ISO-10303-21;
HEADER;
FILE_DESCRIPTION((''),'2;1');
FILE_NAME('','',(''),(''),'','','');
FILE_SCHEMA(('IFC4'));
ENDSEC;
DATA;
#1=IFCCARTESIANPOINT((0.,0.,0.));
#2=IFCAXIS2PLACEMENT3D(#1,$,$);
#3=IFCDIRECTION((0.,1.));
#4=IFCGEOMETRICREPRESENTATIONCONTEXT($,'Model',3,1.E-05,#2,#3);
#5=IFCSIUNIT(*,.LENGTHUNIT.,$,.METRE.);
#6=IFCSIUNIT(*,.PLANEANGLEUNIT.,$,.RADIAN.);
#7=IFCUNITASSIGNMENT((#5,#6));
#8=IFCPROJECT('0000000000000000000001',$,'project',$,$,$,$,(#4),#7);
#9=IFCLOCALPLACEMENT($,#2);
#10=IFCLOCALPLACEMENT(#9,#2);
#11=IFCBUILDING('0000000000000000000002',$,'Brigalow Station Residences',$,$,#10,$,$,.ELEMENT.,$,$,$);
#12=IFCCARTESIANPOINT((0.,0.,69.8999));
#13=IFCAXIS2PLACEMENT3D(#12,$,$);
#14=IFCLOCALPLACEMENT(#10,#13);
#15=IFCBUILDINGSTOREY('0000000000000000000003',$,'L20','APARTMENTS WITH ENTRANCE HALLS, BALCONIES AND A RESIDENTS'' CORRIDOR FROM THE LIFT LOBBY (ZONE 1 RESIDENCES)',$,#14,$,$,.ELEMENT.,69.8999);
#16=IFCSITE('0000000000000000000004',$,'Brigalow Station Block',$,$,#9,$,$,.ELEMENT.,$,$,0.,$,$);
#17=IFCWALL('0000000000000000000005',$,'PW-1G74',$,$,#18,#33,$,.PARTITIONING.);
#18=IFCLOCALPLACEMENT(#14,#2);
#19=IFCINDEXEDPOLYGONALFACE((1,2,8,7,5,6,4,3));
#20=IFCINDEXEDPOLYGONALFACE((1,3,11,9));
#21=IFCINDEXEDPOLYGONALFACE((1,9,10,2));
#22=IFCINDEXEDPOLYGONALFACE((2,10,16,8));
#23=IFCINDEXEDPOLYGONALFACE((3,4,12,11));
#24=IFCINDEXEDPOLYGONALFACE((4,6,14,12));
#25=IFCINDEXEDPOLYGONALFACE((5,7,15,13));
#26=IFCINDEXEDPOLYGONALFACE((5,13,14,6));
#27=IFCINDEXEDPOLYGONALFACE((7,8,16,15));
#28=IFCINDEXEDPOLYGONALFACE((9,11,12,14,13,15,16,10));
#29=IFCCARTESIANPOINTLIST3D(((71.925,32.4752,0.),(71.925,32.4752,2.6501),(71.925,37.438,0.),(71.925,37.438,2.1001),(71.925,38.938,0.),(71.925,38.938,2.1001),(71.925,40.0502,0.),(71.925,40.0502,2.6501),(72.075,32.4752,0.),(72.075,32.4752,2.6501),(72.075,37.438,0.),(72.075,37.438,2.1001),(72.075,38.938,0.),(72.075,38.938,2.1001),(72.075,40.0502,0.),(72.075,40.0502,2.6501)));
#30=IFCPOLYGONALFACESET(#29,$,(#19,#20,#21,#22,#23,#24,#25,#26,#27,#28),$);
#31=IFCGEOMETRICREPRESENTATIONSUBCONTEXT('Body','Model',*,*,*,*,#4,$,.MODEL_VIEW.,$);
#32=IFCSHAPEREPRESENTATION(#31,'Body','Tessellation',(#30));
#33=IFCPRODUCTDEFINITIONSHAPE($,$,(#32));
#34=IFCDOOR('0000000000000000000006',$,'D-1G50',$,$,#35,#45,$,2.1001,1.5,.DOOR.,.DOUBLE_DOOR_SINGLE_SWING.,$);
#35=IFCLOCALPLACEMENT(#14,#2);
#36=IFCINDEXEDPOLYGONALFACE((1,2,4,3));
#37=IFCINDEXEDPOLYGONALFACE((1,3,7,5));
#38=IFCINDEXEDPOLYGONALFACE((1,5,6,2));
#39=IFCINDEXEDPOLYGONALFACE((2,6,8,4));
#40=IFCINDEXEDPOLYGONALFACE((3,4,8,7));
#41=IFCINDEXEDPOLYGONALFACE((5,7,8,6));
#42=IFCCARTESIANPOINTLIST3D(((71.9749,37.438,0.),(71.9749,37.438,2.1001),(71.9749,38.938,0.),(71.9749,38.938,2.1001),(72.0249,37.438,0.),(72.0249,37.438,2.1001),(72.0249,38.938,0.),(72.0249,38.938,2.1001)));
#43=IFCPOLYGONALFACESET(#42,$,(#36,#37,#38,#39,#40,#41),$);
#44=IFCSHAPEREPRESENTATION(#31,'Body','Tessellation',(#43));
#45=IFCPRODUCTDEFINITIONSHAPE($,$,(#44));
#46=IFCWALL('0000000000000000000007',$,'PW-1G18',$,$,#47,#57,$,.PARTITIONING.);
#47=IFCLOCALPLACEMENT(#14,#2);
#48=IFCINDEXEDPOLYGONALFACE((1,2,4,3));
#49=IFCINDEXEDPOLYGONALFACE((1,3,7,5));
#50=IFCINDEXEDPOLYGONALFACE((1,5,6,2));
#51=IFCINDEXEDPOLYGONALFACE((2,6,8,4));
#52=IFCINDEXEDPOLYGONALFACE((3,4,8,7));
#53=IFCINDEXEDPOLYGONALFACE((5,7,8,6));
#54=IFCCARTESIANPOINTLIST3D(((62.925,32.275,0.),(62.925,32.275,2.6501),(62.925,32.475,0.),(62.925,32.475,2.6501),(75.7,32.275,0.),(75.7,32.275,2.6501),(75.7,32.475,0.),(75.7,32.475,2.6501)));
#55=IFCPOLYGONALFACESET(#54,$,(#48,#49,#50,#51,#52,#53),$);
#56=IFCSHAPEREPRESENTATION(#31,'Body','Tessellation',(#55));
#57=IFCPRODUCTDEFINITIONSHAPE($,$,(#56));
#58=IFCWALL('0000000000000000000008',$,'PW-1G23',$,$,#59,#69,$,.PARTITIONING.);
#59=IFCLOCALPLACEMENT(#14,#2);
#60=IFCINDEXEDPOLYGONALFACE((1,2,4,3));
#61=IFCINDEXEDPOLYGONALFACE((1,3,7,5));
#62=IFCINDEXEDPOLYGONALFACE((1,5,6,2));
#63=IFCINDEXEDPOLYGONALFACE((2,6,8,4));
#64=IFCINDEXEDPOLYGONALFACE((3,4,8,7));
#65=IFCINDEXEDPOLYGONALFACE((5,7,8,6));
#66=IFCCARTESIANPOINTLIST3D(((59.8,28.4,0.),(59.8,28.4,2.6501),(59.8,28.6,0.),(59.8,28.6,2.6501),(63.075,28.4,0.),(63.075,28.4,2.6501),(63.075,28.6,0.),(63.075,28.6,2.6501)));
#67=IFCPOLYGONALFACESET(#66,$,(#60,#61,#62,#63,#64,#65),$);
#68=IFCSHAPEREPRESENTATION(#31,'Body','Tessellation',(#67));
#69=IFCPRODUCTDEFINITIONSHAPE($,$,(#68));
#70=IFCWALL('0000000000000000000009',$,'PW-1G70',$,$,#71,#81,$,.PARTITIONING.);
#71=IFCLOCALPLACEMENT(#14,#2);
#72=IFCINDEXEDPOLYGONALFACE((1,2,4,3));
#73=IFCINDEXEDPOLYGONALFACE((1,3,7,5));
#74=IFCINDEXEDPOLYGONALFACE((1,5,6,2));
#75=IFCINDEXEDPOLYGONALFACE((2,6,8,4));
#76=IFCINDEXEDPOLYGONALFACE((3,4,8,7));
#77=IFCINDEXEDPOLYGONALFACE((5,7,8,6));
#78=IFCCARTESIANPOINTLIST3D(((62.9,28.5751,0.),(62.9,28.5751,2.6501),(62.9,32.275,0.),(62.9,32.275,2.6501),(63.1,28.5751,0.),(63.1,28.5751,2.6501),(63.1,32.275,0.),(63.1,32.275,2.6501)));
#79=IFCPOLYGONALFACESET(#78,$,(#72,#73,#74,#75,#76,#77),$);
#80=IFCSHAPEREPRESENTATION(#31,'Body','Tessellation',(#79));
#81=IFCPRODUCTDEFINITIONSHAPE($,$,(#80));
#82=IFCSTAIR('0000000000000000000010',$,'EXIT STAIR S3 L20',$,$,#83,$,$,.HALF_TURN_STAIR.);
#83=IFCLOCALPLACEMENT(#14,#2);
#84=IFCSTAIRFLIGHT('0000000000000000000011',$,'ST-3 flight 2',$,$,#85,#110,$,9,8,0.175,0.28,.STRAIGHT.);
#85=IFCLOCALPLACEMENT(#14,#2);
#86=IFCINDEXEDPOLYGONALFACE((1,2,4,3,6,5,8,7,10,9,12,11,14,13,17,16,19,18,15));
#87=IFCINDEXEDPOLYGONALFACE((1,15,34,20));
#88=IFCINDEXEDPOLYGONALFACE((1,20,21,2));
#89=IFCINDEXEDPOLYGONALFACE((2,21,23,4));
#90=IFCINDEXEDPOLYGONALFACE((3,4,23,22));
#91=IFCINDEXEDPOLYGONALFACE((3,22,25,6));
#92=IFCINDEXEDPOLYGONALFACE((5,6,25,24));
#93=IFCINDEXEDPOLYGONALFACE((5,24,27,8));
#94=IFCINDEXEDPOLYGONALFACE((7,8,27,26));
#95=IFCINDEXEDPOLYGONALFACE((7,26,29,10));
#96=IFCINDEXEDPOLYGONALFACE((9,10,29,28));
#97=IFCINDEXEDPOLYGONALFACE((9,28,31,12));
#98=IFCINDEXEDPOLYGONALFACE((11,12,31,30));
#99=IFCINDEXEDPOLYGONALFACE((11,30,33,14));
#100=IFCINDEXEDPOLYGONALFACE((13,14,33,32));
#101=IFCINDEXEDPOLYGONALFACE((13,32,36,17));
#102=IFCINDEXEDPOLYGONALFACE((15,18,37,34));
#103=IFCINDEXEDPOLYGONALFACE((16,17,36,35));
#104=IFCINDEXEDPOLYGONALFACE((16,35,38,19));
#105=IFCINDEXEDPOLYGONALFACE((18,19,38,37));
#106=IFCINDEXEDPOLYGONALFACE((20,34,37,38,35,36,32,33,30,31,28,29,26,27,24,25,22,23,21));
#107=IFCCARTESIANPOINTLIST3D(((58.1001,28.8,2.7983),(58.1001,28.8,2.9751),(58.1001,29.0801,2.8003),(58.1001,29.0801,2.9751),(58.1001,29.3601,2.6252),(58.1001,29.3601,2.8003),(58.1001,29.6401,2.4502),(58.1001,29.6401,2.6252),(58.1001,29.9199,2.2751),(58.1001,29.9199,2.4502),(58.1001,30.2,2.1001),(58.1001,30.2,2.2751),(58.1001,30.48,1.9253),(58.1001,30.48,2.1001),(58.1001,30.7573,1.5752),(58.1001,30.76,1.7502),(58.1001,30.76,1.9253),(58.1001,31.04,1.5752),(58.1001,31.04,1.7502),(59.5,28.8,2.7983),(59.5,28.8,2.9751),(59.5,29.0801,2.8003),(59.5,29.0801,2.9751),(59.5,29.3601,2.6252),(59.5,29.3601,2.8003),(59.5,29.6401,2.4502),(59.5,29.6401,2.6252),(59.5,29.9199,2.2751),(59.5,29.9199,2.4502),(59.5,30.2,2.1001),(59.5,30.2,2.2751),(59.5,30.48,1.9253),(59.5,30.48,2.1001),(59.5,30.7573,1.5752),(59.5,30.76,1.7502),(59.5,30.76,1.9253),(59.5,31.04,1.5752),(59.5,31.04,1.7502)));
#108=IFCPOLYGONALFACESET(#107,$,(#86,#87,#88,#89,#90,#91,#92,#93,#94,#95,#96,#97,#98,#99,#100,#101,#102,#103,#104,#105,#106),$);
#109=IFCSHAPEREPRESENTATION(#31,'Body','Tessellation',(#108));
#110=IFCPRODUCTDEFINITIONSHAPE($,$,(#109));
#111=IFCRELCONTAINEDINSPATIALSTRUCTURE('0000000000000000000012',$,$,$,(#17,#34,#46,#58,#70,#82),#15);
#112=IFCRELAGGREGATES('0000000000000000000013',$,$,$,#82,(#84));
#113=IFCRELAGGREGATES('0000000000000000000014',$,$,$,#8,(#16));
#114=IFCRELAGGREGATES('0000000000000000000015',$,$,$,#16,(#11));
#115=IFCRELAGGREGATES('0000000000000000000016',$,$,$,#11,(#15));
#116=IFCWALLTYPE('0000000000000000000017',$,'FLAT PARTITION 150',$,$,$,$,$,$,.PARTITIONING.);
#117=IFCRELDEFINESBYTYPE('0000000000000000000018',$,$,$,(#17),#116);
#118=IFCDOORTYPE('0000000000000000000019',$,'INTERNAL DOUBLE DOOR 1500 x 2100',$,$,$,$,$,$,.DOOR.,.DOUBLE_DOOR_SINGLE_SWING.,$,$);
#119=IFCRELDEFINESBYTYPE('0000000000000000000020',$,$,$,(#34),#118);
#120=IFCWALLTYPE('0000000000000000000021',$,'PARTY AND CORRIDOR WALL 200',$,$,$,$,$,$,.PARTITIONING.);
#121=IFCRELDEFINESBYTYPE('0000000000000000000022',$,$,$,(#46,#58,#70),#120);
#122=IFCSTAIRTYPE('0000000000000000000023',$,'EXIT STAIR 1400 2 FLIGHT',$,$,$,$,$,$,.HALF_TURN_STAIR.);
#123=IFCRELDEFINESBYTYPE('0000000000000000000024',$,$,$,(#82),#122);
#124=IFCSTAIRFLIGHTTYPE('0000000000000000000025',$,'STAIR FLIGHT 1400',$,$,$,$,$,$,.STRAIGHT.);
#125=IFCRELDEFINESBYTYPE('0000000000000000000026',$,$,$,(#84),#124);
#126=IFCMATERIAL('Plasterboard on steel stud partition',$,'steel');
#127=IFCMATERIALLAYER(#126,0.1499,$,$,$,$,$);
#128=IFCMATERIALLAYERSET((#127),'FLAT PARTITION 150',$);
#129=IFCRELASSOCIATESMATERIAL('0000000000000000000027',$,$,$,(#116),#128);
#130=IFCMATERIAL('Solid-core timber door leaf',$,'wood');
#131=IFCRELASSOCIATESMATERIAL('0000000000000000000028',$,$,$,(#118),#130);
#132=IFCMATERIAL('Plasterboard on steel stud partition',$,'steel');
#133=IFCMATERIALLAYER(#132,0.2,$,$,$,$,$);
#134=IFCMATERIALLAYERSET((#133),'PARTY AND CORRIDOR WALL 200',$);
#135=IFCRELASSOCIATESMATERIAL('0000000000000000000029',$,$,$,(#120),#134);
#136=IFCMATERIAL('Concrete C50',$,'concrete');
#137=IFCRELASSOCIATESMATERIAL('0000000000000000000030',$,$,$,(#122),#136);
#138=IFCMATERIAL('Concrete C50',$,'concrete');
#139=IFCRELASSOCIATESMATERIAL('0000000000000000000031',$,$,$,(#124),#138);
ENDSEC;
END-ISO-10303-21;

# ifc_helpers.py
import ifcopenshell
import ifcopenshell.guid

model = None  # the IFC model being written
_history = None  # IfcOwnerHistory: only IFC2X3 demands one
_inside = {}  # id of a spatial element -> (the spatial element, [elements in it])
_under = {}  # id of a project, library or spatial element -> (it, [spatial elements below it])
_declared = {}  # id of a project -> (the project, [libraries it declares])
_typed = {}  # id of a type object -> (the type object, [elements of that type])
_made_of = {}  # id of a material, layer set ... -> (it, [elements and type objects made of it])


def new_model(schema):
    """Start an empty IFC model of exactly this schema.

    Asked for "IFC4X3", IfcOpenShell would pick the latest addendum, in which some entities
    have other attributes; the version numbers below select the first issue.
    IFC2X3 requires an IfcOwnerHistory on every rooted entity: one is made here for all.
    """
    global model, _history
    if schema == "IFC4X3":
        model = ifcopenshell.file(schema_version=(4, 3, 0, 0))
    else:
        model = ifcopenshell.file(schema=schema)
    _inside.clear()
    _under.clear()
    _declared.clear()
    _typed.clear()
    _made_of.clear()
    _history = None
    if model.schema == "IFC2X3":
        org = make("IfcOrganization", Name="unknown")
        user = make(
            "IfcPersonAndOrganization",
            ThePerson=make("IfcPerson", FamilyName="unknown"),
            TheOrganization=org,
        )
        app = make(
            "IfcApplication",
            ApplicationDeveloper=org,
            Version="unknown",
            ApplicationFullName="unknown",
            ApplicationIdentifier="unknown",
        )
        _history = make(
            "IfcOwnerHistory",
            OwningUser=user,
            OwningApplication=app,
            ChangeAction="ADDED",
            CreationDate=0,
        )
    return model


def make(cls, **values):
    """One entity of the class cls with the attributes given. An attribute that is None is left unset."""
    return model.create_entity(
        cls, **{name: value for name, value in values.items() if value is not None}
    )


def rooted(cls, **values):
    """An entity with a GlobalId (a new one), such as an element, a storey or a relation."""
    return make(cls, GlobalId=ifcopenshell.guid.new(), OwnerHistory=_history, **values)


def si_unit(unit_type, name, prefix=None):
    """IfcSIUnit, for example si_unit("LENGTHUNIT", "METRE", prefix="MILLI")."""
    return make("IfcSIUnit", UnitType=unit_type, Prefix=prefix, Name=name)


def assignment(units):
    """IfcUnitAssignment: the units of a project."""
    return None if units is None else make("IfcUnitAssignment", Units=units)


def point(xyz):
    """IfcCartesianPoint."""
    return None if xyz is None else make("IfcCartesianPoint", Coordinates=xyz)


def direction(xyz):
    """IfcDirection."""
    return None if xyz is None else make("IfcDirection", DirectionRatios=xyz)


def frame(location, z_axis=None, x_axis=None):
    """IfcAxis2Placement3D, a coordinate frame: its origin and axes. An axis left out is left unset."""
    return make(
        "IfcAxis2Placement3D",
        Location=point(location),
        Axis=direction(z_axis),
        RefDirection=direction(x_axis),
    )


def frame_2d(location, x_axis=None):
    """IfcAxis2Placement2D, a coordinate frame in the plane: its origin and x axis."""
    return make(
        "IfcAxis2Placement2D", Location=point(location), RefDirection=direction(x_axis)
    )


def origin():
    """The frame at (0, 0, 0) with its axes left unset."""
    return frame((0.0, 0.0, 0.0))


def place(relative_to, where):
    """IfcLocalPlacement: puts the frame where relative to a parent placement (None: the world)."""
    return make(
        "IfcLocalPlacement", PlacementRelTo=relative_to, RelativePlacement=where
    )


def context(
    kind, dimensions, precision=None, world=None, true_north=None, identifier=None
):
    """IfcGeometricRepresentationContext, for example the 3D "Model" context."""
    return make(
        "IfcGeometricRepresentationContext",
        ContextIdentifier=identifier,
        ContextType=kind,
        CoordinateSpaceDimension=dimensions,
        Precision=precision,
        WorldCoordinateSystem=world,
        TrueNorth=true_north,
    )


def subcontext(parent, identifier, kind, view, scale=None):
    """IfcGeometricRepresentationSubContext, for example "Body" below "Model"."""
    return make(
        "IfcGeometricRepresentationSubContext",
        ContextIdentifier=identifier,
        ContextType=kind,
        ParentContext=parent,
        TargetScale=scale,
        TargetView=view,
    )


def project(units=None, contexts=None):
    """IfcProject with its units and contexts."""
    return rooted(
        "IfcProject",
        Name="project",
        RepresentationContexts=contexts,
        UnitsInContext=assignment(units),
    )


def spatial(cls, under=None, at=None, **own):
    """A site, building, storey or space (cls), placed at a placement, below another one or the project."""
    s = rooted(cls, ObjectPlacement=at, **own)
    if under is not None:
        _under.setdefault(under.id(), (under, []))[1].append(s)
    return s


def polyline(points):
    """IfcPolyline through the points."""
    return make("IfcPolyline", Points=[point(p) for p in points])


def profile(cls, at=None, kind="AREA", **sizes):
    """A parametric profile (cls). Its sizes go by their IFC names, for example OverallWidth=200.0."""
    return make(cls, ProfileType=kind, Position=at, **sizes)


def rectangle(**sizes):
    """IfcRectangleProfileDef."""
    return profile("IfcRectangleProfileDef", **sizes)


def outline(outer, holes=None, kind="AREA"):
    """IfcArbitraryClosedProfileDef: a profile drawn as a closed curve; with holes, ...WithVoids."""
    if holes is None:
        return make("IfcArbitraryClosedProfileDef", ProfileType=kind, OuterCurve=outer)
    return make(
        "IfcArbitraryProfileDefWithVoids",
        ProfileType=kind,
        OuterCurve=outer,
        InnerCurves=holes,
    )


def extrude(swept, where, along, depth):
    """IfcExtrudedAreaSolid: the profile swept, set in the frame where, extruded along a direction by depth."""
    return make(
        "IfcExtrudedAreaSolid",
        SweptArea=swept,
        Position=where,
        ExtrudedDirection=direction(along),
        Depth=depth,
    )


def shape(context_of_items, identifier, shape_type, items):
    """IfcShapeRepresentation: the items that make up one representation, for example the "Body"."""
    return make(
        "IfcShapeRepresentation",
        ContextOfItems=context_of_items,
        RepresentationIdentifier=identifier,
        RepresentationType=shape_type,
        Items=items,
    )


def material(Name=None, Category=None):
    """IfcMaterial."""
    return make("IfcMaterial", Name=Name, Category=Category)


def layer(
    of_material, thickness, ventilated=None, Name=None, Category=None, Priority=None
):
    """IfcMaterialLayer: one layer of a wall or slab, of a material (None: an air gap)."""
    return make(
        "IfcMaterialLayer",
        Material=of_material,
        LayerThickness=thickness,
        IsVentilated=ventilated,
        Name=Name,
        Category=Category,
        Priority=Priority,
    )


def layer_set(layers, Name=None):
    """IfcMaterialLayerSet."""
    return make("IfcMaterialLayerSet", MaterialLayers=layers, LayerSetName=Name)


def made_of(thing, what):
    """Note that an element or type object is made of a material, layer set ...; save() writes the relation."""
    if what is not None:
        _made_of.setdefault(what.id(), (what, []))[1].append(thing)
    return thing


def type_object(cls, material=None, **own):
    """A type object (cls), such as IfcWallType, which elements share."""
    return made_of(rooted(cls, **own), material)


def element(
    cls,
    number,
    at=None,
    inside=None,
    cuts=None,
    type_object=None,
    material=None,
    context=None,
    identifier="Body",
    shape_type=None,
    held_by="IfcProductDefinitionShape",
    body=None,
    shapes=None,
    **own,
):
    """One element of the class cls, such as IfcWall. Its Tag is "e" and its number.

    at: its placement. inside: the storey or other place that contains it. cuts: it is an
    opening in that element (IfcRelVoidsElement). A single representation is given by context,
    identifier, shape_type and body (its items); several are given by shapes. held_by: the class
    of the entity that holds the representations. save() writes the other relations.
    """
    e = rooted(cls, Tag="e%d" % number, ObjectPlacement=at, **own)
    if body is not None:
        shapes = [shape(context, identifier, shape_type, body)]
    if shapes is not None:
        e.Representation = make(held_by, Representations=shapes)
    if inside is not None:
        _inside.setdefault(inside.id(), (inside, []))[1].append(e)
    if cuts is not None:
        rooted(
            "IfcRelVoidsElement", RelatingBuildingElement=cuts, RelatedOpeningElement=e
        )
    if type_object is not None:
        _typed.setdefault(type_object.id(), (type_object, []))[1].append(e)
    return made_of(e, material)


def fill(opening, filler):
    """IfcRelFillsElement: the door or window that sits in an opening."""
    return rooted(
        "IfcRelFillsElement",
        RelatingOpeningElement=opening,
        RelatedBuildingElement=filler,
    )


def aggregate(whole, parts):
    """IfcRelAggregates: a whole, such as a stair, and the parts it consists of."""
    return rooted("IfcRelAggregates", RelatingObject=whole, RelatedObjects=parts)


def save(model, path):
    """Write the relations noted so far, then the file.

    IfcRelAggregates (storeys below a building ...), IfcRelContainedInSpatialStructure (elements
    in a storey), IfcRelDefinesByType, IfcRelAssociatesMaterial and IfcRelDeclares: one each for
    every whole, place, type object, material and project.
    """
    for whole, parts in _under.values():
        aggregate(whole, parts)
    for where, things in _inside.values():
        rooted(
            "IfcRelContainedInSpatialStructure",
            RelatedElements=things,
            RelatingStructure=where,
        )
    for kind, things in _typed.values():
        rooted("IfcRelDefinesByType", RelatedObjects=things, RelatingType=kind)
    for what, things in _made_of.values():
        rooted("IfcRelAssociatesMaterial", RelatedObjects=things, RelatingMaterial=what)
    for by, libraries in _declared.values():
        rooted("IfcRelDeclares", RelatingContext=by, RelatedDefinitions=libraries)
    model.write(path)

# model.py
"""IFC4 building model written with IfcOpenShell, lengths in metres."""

from ifc_helpers import new_model, si_unit, direction, frame, frame_2d, origin, place, context, subcontext, project, spatial, polyline, rectangle, outline, extrude, material, layer, layer_set, type_object, element, fill, aggregate, save


model = new_model("IFC4")

# Units and contexts
model_context = context("Model", 3, precision=1e-05, world=origin(), true_north=direction((0.0, 1.0)))
body_context = subcontext(model_context, "Body", "Model", "MODEL_VIEW")
ifc_project = project(units=[si_unit("LENGTHUNIT", "METRE"), si_unit("PLANEANGLEUNIT", "RADIAN")], contexts=[model_context])

# Site, building, storey
site_placement = place(None, origin())
site = spatial("IfcSite", under=ifc_project, at=site_placement, Name="Brigalow Station Block", CompositionType="ELEMENT", RefElevation=0.0)
building_placement = place(site_placement, origin())
building = spatial("IfcBuilding", under=site, at=building_placement, Name="Brigalow Station Residences", CompositionType="ELEMENT")
storey_placement = place(building_placement, frame((0.0, 0.0, 69.8999)))
storey = spatial("IfcBuildingStorey", under=building, at=storey_placement, Name="L20", Description="APARTMENTS WITH ENTRANCE HALLS, BALCONIES AND A RESIDENTS' CORRIDOR FROM THE LIFT LOBBY (ZONE 1 RESIDENCES)", CompositionType="ELEMENT", Elevation=69.8999)

# Shared definitions
ifc_material_1 = material(Name="Plasterboard on steel stud partition", Category="steel")
ifc_layer_1 = layer(ifc_material_1, 0.1499)
ifc_layer_set_1 = layer_set([ifc_layer_1], Name="FLAT PARTITION 150")
wall_type_1 = type_object("IfcWallType", Name="FLAT PARTITION 150", PredefinedType="PARTITIONING", material=ifc_layer_set_1)
ifc_material_2 = material(Name="Solid-core timber door leaf", Category="wood")
door_type_1 = type_object("IfcDoorType", Name="INTERNAL DOUBLE DOOR 1500 x 2100", OperationType="DOUBLE_DOOR_SINGLE_SWING", PredefinedType="DOOR", material=ifc_material_2)

# Wall, opening, door
wall_1_placement = place(storey_placement, frame((72.0, 32.4751, 0.0), z_axis=(0.0, 0.0, 1.0), x_axis=(0.0, 1.0, 0.0)))
wall_1 = element("IfcWall", 1, at=wall_1_placement, inside=storey, type_object=wall_type_1, Name="PW-1G74", PredefinedType="PARTITIONING", context=body_context, shape_type="SweptSolid", body=[
    extrude(rectangle(XDim=7.575, YDim=0.1499, at=frame_2d((3.7876, 0.0))), origin(), (0.0, 0.0, 1.0), 2.6501),
])
opening_1_placement = place(wall_1_placement, frame((4.9629, 0.0, 0.0)))
opening_1 = element("IfcOpeningElement", 2, at=opening_1_placement, cuts=wall_1, PredefinedType="OPENING", context=body_context, shape_type="SweptSolid", body=[
    extrude(rectangle(XDim=1.5, YDim=2.1001, at=frame_2d((0.75, 1.05))), frame((0.0, 0.085, 0.0), z_axis=(0.0, -1.0, 0.0), x_axis=(1.0, 0.0, 0.0)), (0.0, 0.0, 1.0), 0.1699),
])
door_1_placement = place(opening_1_placement, frame((1.5, 0.0, 0.0), z_axis=(0.0, 0.0, 1.0), x_axis=(-1.0, 0.0, 0.0)))
door_1 = element("IfcDoor", 3, at=door_1_placement, inside=storey, type_object=door_type_1, Name="D-1G50", OperationType="DOUBLE_DOOR_SINGLE_SWING", OverallHeight=2.1001, OverallWidth=1.5, PredefinedType="DOOR", context=body_context, shape_type="SweptSolid", body=[
    extrude(rectangle(XDim=1.5, YDim=2.1001, at=frame_2d((0.75, 1.05))), frame((0.0, 0.0249, 0.0), z_axis=(0.0, -1.0, 0.0), x_axis=(1.0, 0.0, 0.0)), (0.0, 0.0, 1.0), 0.05),
])
fill(opening_1, door_1)

# Walls
ifc_material_3 = material(Name="Plasterboard on steel stud partition", Category="steel")
ifc_layer_2 = layer(ifc_material_3, 0.2)
ifc_layer_set_2 = layer_set([ifc_layer_2], Name="PARTY AND CORRIDOR WALL 200")
wall_type_2 = type_object("IfcWallType", Name="PARTY AND CORRIDOR WALL 200", PredefinedType="PARTITIONING", material=ifc_layer_set_2)
wall_2_placement = place(storey_placement, frame((62.925, 32.375, 0.0), z_axis=(0.0, 0.0, 1.0), x_axis=(1.0, 0.0, 0.0)))
element("IfcWall", 4, at=wall_2_placement, inside=storey, type_object=wall_type_2, Name="PW-1G18", PredefinedType="PARTITIONING", context=body_context, shape_type="SweptSolid", body=[
    extrude(rectangle(XDim=12.7749, YDim=0.2, at=frame_2d((6.3875, 0.0))), origin(), (0.0, 0.0, 1.0), 2.6501),
])
wall_3_placement = place(storey_placement, frame((59.8, 28.5, 0.0), z_axis=(0.0, 0.0, 1.0), x_axis=(1.0, 0.0, 0.0)))
element("IfcWall", 5, at=wall_3_placement, inside=storey, type_object=wall_type_2, Name="PW-1G23", PredefinedType="PARTITIONING", context=body_context, shape_type="SweptSolid", body=[
    extrude(rectangle(XDim=3.2749, YDim=0.2, at=frame_2d((1.6375, 0.0))), origin(), (0.0, 0.0, 1.0), 2.6501),
])
wall_4_placement = place(storey_placement, frame((63.0, 28.575, 0.0), z_axis=(0.0, 0.0, 1.0), x_axis=(0.0, 1.0, 0.0)))
element("IfcWall", 6, at=wall_4_placement, inside=storey, type_object=wall_type_2, Name="PW-1G70", PredefinedType="PARTITIONING", context=body_context, shape_type="SweptSolid", body=[
    extrude(rectangle(XDim=3.7, YDim=0.2, at=frame_2d((1.8501, 0.0))), origin(), (0.0, 0.0, 1.0), 2.6501),
])

# Stair, stair flight
ifc_material_4 = material(Name="Concrete C50", Category="concrete")
stair_type = type_object("IfcStairType", Name="EXIT STAIR 1400 2 FLIGHT", PredefinedType="HALF_TURN_STAIR", material=ifc_material_4)
stair_placement = place(storey_placement, origin())
stair = element("IfcStair", 7, at=stair_placement, inside=storey, type_object=stair_type, Name="EXIT STAIR S3 L20", PredefinedType="HALF_TURN_STAIR")
ifc_material_5 = material(Name="Concrete C50", Category="concrete")
stair_flight_type = type_object("IfcStairFlightType", Name="STAIR FLIGHT 1400", PredefinedType="STRAIGHT", material=ifc_material_5)
stair_flight_placement = place(storey_placement, frame((58.8, 31.04, 1.5752), z_axis=(0.0, 0.0, 1.0), x_axis=(0.0, -1.0, 0.0)))
stair_flight = element("IfcStairFlight", 8, at=stair_flight_placement, type_object=stair_flight_type, Name="ST-3 flight 2", NumberOfRisers=9, NumberOfTreads=8, PredefinedType="STRAIGHT", RiserHeight=0.175, TreadLength=0.28, context=body_context, shape_type="SweptSolid", body=[
    extrude(outline(polyline([(0.0, 0.0), (0.0, 0.175), (0.28, 0.175), (0.28, 0.3501), (0.5601, 0.3501), (0.5601, 0.5249), (0.8401, 0.5249), (0.8401, 0.7), (1.1201, 0.7), (1.1201, 0.875), (1.3999, 0.875), (1.3999, 1.05), (1.6799, 1.05), (1.6799, 1.2251), (1.96, 1.2251), (1.96, 1.3999), (2.24, 1.3999), (2.24, 1.575), (2.24, 1.2231), (0.2827, 0.0), (0.0, 0.0)])), frame((0.0, 0.7, 0.0), z_axis=(0.0, -1.0, 0.0), x_axis=(1.0, 0.0, 0.0)), (0.0, 0.0, 1.0), 1.3999),
])
aggregate(stair, [stair_flight])

save(model, "model.ifc")
